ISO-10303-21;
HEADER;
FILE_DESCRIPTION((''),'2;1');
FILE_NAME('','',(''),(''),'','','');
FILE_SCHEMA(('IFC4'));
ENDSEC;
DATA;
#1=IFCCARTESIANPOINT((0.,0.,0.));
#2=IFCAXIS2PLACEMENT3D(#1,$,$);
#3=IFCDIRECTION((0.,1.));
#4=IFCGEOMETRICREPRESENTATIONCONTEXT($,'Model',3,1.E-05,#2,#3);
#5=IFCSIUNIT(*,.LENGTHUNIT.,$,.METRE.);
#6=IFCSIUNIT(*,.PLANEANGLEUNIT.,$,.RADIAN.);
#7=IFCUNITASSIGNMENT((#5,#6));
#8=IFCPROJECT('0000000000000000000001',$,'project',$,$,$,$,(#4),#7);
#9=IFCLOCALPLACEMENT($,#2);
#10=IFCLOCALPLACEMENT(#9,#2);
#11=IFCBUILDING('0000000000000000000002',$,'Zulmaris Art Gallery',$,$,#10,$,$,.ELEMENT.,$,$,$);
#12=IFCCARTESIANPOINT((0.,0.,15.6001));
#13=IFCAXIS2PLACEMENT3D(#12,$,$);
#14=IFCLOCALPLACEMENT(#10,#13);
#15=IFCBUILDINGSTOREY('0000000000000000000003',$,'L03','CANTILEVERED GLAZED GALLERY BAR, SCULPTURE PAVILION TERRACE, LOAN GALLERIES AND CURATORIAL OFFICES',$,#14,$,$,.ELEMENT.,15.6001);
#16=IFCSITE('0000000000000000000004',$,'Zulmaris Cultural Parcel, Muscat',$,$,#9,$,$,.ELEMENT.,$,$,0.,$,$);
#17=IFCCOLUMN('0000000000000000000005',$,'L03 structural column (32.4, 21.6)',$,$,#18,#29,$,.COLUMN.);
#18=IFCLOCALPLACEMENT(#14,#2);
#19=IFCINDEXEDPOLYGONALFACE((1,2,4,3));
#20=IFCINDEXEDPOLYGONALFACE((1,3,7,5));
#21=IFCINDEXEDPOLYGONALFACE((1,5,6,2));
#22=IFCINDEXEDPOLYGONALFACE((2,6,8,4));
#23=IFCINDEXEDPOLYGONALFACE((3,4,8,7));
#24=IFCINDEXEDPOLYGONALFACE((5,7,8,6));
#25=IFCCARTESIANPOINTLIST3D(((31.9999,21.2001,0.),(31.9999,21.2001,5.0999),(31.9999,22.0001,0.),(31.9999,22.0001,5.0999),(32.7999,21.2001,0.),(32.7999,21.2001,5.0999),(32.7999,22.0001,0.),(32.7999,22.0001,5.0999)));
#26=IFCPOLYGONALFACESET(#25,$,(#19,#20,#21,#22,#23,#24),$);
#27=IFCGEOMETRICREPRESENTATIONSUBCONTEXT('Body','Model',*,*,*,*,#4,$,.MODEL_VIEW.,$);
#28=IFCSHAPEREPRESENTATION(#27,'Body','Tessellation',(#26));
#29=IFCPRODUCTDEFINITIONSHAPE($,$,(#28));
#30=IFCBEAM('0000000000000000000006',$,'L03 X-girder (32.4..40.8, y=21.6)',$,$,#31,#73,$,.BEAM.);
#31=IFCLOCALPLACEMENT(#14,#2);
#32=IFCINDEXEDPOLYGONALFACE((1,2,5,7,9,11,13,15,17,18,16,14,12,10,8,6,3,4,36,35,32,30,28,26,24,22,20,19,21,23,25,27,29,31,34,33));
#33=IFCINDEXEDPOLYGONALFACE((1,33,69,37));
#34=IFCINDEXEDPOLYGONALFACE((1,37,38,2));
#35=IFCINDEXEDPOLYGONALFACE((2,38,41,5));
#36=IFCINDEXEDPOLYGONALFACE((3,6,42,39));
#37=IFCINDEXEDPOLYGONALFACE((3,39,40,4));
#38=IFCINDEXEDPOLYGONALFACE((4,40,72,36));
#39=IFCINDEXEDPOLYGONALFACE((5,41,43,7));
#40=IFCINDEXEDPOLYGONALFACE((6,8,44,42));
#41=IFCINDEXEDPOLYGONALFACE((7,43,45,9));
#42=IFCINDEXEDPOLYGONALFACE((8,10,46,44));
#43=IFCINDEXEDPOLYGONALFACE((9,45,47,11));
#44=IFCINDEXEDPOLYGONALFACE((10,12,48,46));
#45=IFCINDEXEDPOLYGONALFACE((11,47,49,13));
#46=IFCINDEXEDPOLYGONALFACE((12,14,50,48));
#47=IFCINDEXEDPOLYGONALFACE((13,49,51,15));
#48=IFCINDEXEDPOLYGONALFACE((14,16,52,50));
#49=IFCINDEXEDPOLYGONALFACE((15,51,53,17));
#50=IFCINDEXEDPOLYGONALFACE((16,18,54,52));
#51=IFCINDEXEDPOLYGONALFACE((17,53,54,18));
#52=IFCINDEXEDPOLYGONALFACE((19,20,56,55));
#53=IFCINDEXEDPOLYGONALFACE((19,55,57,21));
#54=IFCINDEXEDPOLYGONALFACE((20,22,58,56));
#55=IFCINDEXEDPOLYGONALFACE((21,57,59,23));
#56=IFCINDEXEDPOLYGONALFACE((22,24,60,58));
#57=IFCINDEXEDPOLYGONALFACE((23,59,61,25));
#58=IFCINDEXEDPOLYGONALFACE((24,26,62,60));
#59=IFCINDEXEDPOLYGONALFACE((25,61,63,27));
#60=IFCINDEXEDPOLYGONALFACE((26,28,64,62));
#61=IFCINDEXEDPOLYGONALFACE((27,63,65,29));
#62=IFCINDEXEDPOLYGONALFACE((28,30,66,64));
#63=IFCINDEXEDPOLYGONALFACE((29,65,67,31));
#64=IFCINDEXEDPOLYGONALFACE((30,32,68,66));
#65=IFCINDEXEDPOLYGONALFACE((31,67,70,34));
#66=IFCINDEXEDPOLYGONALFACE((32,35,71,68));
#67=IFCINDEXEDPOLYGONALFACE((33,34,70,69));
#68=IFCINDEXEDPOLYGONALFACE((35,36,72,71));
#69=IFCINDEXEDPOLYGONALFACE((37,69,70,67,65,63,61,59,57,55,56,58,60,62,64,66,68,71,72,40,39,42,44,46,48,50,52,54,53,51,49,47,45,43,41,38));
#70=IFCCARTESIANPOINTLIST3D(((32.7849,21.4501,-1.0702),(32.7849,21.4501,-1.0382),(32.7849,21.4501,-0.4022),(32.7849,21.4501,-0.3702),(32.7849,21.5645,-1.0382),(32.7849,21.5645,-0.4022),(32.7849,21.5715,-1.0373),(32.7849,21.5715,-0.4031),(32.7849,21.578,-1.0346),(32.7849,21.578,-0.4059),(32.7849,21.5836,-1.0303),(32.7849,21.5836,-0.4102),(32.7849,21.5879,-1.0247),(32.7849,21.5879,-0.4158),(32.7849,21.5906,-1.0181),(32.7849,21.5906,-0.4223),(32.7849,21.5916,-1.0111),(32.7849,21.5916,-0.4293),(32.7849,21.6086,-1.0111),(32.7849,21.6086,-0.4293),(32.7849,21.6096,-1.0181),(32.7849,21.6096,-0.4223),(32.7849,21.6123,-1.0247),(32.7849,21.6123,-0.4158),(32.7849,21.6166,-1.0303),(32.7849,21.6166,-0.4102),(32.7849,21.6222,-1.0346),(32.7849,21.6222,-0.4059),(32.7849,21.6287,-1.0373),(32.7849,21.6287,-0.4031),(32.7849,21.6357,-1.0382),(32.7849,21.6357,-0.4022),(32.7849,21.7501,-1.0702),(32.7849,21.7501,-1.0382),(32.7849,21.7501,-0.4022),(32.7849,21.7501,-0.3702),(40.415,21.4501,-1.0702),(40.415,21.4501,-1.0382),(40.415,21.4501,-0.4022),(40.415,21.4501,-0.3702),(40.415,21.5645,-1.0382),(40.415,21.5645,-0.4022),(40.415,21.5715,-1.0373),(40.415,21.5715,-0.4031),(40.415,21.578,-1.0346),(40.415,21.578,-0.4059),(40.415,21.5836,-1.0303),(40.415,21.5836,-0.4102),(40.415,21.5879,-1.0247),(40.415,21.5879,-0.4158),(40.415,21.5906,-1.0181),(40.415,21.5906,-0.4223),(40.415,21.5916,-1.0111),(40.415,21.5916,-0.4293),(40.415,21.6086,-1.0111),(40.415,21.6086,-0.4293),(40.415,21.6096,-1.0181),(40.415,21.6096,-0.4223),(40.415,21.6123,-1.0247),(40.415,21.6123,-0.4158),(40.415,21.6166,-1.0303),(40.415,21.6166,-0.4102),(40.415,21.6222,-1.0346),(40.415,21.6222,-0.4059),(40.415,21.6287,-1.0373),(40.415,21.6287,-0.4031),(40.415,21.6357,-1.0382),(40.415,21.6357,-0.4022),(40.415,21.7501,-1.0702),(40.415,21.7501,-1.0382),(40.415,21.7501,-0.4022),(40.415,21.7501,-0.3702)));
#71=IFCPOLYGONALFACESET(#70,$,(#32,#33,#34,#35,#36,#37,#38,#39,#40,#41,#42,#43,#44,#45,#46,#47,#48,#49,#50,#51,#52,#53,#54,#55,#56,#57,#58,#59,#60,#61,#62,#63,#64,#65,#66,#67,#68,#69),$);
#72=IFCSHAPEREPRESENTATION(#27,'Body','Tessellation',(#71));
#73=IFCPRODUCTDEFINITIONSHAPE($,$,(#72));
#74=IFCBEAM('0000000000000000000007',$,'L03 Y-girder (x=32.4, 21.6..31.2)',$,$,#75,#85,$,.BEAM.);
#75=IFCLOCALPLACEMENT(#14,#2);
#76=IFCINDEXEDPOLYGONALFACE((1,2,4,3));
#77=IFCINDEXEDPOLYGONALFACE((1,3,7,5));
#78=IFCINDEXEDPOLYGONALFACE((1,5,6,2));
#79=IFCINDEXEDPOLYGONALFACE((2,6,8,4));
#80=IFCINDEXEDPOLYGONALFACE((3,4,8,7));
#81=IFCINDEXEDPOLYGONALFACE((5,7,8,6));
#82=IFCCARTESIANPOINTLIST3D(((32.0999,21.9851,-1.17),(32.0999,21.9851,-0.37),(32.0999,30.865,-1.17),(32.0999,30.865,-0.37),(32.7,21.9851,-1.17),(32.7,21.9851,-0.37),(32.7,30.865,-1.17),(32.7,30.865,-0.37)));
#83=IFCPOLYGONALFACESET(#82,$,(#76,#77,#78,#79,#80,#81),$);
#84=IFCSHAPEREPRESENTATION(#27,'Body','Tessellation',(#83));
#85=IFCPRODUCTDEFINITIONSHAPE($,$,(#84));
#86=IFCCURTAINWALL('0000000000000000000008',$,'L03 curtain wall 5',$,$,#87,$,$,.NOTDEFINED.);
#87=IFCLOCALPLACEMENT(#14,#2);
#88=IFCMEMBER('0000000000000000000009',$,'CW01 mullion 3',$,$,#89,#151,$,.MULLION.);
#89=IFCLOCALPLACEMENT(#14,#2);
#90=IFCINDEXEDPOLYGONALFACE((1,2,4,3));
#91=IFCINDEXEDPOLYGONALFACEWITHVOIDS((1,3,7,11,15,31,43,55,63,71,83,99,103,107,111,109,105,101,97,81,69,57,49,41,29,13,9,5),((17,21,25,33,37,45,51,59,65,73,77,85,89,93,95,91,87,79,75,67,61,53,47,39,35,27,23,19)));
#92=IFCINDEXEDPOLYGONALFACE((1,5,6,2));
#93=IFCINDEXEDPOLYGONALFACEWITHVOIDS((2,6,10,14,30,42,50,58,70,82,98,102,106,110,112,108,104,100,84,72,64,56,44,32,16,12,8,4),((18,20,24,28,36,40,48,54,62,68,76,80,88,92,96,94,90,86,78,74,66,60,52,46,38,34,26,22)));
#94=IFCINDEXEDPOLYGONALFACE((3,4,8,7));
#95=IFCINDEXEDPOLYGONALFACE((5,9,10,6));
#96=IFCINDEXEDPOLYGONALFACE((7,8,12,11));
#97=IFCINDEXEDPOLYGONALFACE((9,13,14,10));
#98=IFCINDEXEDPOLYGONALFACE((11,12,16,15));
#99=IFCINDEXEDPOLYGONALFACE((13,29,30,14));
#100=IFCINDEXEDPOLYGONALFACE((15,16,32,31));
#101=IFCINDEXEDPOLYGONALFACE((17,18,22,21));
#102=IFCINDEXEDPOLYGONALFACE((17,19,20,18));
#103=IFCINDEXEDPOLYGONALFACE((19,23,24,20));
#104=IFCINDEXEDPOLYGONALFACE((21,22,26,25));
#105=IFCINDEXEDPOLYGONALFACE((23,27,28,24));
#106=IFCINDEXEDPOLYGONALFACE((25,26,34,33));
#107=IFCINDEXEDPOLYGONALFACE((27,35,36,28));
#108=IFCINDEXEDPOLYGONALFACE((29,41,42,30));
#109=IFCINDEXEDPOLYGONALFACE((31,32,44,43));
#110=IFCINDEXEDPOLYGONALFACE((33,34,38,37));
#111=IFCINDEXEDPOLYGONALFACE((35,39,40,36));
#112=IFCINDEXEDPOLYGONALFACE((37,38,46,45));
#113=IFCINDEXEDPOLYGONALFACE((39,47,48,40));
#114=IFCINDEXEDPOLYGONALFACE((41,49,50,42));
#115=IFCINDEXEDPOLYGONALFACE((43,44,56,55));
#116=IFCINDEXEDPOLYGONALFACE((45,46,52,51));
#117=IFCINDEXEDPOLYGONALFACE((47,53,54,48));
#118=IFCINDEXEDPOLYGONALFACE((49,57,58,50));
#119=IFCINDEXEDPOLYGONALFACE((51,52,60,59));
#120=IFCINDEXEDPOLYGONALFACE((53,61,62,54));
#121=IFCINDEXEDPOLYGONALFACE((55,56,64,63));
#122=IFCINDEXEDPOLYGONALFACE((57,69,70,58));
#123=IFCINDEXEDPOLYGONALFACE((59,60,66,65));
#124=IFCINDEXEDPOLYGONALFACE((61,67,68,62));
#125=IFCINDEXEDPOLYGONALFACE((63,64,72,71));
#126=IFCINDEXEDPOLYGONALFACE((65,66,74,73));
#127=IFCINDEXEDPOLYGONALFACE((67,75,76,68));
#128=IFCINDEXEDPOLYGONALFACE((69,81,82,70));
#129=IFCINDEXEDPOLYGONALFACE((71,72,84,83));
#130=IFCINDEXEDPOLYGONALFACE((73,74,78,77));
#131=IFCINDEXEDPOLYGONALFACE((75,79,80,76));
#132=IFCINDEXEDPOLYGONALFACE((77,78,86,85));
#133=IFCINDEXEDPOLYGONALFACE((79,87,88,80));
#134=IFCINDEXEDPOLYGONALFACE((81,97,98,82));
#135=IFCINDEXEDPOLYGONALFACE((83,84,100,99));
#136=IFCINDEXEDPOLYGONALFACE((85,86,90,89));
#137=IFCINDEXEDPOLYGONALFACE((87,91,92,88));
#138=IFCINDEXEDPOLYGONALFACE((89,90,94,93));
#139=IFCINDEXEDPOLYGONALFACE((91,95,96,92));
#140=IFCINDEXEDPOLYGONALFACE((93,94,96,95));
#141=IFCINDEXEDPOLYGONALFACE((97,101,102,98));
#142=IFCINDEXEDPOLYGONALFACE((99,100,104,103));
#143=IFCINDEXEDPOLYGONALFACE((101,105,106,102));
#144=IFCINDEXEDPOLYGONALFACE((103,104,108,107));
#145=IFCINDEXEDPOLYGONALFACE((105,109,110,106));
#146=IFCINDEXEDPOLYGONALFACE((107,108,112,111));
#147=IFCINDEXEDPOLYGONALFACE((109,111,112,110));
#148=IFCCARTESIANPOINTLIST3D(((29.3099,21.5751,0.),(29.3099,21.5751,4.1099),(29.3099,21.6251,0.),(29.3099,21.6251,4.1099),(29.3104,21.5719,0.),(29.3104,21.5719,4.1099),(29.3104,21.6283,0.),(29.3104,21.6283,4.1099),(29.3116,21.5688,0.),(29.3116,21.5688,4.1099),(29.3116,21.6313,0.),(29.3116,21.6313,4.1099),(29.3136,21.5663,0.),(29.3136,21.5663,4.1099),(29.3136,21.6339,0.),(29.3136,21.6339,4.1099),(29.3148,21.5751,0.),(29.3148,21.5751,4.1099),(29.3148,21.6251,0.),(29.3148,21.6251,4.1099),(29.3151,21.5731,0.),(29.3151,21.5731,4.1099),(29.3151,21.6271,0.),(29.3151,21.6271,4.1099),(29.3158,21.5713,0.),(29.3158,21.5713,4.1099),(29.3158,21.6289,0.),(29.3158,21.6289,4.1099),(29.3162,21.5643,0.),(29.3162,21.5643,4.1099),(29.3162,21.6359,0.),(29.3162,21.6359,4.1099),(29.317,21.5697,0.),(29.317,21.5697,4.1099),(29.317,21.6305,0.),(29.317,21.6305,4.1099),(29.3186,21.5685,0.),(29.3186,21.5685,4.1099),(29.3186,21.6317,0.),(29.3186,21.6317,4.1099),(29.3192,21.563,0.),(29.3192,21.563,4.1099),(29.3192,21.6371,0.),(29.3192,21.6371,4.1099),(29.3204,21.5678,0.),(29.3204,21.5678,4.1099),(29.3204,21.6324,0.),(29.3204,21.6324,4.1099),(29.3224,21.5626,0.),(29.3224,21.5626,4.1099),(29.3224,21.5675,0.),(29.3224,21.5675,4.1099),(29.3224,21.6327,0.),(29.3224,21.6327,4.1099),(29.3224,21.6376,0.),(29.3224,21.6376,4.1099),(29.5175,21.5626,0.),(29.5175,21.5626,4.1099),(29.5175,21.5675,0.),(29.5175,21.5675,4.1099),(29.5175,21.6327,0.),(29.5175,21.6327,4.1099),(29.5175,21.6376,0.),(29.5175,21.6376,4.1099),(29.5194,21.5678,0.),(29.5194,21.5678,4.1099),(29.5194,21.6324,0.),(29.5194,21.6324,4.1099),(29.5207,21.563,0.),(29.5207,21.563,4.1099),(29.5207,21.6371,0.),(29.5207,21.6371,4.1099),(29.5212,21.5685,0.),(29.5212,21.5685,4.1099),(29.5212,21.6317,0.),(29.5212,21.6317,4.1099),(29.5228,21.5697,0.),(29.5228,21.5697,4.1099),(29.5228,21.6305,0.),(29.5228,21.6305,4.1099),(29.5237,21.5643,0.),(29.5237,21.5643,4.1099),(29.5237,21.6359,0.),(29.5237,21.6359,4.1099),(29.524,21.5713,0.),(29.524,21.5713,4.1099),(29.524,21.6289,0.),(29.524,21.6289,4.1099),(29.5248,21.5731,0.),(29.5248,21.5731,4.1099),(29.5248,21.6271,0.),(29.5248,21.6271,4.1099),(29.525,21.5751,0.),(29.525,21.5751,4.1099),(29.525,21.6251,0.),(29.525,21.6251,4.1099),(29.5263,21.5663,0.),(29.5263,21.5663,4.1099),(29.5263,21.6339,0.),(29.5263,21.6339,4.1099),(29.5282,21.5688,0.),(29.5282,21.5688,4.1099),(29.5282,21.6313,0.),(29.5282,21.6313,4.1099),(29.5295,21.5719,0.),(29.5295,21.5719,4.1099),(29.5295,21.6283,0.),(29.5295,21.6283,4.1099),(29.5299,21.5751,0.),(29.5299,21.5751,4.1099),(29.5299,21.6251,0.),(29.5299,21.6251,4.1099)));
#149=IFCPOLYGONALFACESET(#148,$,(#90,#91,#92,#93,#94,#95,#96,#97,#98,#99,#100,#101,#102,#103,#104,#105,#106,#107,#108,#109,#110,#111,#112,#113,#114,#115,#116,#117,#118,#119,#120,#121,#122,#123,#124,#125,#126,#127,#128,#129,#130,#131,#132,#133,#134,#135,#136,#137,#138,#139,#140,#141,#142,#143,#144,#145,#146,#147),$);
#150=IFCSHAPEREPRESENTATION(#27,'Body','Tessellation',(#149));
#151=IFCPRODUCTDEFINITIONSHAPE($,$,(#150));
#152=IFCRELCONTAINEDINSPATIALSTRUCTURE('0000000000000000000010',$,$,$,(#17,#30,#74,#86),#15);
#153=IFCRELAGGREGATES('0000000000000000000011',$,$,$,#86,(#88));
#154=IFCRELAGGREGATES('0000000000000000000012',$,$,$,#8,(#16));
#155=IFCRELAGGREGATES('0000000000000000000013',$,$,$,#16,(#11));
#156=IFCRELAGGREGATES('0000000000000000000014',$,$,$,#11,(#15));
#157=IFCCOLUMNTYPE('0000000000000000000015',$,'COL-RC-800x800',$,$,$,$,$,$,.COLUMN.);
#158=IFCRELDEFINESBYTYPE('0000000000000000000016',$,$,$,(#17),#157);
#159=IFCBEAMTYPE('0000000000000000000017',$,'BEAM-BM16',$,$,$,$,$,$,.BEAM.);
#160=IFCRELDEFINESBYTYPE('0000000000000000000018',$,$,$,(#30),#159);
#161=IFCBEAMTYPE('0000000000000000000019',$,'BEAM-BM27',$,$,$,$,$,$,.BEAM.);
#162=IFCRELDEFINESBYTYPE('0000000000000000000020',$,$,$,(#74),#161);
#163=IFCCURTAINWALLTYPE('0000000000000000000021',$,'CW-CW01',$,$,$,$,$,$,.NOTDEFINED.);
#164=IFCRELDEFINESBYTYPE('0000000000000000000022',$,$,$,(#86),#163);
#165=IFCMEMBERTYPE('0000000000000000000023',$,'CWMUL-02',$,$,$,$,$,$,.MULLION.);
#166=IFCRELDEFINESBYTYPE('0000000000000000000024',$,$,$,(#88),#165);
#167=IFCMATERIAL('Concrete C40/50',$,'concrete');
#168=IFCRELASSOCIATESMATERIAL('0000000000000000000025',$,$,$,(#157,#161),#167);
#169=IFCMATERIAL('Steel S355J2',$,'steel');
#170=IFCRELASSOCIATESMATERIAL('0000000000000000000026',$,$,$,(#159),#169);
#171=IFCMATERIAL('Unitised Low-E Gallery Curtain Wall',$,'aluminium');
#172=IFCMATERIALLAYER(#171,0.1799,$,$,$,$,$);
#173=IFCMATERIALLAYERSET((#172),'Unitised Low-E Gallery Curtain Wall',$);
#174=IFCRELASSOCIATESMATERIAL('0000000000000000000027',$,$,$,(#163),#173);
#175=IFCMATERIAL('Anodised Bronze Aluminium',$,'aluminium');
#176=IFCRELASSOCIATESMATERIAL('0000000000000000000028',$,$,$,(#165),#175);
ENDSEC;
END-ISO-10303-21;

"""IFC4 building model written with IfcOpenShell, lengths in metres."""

from ifc_helpers import new_model, si_unit, direction, frame, origin, origin_2d, place, context, subcontext, project, spatial, rectangle, hollow_rectangle, i_section, extrude, material, layer, layer_set, material_profile, profile_set, type_object, element, aggregate, save


model = new_model("IFC4")

# Units and contexts
model_context = context("Model", 3, precision=1e-05, world=origin(), true_north=direction((0.0, 1.0)))
body_context = subcontext(model_context, "Body", "Model", "MODEL_VIEW")
ifc_project = project(units=[si_unit("LENGTHUNIT", "METRE"), si_unit("PLANEANGLEUNIT", "RADIAN")], contexts=[model_context])

# Site, building, storey
site_placement = place(None, origin())
site = spatial("IfcSite", under=ifc_project, at=site_placement, Name="Zulmaris Cultural Parcel, Muscat", CompositionType="ELEMENT", RefElevation=0.0)
building_placement = place(site_placement, origin())
building = spatial("IfcBuilding", under=site, at=building_placement, Name="Zulmaris Art Gallery", CompositionType="ELEMENT")
storey_placement = place(building_placement, frame((0.0, 0.0, 15.6001)))
storey = spatial("IfcBuildingStorey", under=building, at=storey_placement, Name="L03", Description="CANTILEVERED GLAZED GALLERY BAR, SCULPTURE PAVILION TERRACE, LOAN GALLERIES AND CURATORIAL OFFICES", CompositionType="ELEMENT", Elevation=15.6001)

# Column
ifc_material_1 = material(Name="Concrete C40/50", Category="concrete")
ifc_material_profile_1 = material_profile(ifc_material_1, rectangle(XDim=0.8, YDim=0.8, at=origin_2d()), Name="RC 800x800")
ifc_profile_set_1 = profile_set([ifc_material_profile_1], Name="Concrete C40/50")
column_type = type_object("IfcColumnType", Name="COL-RC-800x800", PredefinedType="COLUMN", material=ifc_profile_set_1)
column_placement = place(storey_placement, frame((32.3999, 21.6001, 0.0), z_axis=(0.0, 0.0, 1.0), x_axis=(1.0, 0.0, 0.0)))
element("IfcColumn", 1, at=column_placement, inside=storey, type_object=column_type, Name="L03 structural column (32.4, 21.6)", PredefinedType="COLUMN", context=body_context, shape_type="SweptSolid", body=[
    extrude(rectangle(XDim=0.8, YDim=0.8, at=origin_2d()), origin(), (0.0, 0.0, 1.0), 5.0999),
])

# Beams
ifc_material_2 = material(Name="Steel S355J2", Category="steel")
ifc_material_profile_2 = material_profile(ifc_material_2, i_section(OverallWidth=0.3, OverallDepth=0.7, WebThickness=0.0171, FlangeThickness=0.032, FilletRadius=0.0271, at=origin_2d()), Name="HEB 700")
ifc_profile_set_2 = profile_set([ifc_material_profile_2], Name="Steel S355J2")
beam_type_1 = type_object("IfcBeamType", Name="BEAM-BM16", PredefinedType="BEAM", material=ifc_profile_set_2)
beam_1_placement = place(storey_placement, frame((32.7849, 21.6001, -0.7202), z_axis=(1.0, 0.0, 0.0), x_axis=(0.0, 1.0, 0.0)))
element("IfcBeam", 2, at=beam_1_placement, inside=storey, type_object=beam_type_1, Name="L03 X-girder (32.4..40.8, y=21.6)", PredefinedType="BEAM", context=body_context, shape_type="SweptSolid", body=[
    extrude(i_section(OverallWidth=0.3, OverallDepth=0.7, WebThickness=0.0171, FlangeThickness=0.032, FilletRadius=0.0271, at=origin_2d()), origin(), (0.0, 0.0, 1.0), 7.6301),
])
ifc_material_profile_3 = material_profile(ifc_material_1, rectangle(XDim=0.6001, YDim=0.8, at=origin_2d()), Name="RC 600x800")
ifc_profile_set_3 = profile_set([ifc_material_profile_3], Name="Concrete C40/50")
beam_type_2 = type_object("IfcBeamType", Name="BEAM-BM27", PredefinedType="BEAM", material=ifc_profile_set_3)
beam_2_placement = place(storey_placement, frame((32.3999, 21.9851, -0.77), z_axis=(0.0, 1.0, 0.0), x_axis=(-1.0, 0.0, 0.0)))
element("IfcBeam", 3, at=beam_2_placement, inside=storey, type_object=beam_type_2, Name="L03 Y-girder (x=32.4, 21.6..31.2)", PredefinedType="BEAM", context=body_context, shape_type="SweptSolid", body=[
    extrude(rectangle(XDim=0.6001, YDim=0.8, at=origin_2d()), origin(), (0.0, 0.0, 1.0), 8.8799),
])

# Curtain wall, member
ifc_material_3 = material(Name="Unitised Low-E Gallery Curtain Wall", Category="aluminium")
ifc_layer_1 = layer(ifc_material_3, 0.1799)
ifc_layer_set_1 = layer_set([ifc_layer_1], Name="Unitised Low-E Gallery Curtain Wall")
curtain_wall_type_1 = type_object("IfcCurtainWallType", Name="CW-CW01", PredefinedType="NOTDEFINED", material=ifc_layer_set_1)
curtain_wall_1_placement = place(storey_placement, origin())
curtain_wall_1 = element("IfcCurtainWall", 4, at=curtain_wall_1_placement, inside=storey, type_object=curtain_wall_type_1, Name="L03 curtain wall 5", PredefinedType="NOTDEFINED")
ifc_material_4 = material(Name="Anodised Bronze Aluminium", Category="aluminium")
ifc_material_profile_4 = material_profile(ifc_material_4, hollow_rectangle(XDim=0.075, YDim=0.22, WallThickness=0.0049, InnerFilletRadius=0.0076, OuterFilletRadius=0.0125, at=origin_2d()), Name="ALU 75x220x5")
ifc_profile_set_4 = profile_set([ifc_material_profile_4], Name="Anodised Bronze Aluminium")
member_type_1 = type_object("IfcMemberType", Name="CWMUL-02", PredefinedType="MULLION", material=ifc_profile_set_4)
member_1_placement = place(storey_placement, frame((29.4199, 21.6001, 0.0), z_axis=(0.0, 0.0, 1.0), x_axis=(0.0, 1.0, 0.0)))
member_1 = element("IfcMember", 5, at=member_1_placement, type_object=member_type_1, Name="CW01 mullion 3", PredefinedType="MULLION", context=body_context, shape_type="SweptSolid", body=[
    extrude(hollow_rectangle(XDim=0.075, YDim=0.22, WallThickness=0.0049, InnerFilletRadius=0.0076, OuterFilletRadius=0.0125, at=origin_2d()), origin(), (0.0, 0.0, 1.0), 4.1099),
])

aggregate(curtain_wall_1, [member_1])

save(model, "model.ifc")
